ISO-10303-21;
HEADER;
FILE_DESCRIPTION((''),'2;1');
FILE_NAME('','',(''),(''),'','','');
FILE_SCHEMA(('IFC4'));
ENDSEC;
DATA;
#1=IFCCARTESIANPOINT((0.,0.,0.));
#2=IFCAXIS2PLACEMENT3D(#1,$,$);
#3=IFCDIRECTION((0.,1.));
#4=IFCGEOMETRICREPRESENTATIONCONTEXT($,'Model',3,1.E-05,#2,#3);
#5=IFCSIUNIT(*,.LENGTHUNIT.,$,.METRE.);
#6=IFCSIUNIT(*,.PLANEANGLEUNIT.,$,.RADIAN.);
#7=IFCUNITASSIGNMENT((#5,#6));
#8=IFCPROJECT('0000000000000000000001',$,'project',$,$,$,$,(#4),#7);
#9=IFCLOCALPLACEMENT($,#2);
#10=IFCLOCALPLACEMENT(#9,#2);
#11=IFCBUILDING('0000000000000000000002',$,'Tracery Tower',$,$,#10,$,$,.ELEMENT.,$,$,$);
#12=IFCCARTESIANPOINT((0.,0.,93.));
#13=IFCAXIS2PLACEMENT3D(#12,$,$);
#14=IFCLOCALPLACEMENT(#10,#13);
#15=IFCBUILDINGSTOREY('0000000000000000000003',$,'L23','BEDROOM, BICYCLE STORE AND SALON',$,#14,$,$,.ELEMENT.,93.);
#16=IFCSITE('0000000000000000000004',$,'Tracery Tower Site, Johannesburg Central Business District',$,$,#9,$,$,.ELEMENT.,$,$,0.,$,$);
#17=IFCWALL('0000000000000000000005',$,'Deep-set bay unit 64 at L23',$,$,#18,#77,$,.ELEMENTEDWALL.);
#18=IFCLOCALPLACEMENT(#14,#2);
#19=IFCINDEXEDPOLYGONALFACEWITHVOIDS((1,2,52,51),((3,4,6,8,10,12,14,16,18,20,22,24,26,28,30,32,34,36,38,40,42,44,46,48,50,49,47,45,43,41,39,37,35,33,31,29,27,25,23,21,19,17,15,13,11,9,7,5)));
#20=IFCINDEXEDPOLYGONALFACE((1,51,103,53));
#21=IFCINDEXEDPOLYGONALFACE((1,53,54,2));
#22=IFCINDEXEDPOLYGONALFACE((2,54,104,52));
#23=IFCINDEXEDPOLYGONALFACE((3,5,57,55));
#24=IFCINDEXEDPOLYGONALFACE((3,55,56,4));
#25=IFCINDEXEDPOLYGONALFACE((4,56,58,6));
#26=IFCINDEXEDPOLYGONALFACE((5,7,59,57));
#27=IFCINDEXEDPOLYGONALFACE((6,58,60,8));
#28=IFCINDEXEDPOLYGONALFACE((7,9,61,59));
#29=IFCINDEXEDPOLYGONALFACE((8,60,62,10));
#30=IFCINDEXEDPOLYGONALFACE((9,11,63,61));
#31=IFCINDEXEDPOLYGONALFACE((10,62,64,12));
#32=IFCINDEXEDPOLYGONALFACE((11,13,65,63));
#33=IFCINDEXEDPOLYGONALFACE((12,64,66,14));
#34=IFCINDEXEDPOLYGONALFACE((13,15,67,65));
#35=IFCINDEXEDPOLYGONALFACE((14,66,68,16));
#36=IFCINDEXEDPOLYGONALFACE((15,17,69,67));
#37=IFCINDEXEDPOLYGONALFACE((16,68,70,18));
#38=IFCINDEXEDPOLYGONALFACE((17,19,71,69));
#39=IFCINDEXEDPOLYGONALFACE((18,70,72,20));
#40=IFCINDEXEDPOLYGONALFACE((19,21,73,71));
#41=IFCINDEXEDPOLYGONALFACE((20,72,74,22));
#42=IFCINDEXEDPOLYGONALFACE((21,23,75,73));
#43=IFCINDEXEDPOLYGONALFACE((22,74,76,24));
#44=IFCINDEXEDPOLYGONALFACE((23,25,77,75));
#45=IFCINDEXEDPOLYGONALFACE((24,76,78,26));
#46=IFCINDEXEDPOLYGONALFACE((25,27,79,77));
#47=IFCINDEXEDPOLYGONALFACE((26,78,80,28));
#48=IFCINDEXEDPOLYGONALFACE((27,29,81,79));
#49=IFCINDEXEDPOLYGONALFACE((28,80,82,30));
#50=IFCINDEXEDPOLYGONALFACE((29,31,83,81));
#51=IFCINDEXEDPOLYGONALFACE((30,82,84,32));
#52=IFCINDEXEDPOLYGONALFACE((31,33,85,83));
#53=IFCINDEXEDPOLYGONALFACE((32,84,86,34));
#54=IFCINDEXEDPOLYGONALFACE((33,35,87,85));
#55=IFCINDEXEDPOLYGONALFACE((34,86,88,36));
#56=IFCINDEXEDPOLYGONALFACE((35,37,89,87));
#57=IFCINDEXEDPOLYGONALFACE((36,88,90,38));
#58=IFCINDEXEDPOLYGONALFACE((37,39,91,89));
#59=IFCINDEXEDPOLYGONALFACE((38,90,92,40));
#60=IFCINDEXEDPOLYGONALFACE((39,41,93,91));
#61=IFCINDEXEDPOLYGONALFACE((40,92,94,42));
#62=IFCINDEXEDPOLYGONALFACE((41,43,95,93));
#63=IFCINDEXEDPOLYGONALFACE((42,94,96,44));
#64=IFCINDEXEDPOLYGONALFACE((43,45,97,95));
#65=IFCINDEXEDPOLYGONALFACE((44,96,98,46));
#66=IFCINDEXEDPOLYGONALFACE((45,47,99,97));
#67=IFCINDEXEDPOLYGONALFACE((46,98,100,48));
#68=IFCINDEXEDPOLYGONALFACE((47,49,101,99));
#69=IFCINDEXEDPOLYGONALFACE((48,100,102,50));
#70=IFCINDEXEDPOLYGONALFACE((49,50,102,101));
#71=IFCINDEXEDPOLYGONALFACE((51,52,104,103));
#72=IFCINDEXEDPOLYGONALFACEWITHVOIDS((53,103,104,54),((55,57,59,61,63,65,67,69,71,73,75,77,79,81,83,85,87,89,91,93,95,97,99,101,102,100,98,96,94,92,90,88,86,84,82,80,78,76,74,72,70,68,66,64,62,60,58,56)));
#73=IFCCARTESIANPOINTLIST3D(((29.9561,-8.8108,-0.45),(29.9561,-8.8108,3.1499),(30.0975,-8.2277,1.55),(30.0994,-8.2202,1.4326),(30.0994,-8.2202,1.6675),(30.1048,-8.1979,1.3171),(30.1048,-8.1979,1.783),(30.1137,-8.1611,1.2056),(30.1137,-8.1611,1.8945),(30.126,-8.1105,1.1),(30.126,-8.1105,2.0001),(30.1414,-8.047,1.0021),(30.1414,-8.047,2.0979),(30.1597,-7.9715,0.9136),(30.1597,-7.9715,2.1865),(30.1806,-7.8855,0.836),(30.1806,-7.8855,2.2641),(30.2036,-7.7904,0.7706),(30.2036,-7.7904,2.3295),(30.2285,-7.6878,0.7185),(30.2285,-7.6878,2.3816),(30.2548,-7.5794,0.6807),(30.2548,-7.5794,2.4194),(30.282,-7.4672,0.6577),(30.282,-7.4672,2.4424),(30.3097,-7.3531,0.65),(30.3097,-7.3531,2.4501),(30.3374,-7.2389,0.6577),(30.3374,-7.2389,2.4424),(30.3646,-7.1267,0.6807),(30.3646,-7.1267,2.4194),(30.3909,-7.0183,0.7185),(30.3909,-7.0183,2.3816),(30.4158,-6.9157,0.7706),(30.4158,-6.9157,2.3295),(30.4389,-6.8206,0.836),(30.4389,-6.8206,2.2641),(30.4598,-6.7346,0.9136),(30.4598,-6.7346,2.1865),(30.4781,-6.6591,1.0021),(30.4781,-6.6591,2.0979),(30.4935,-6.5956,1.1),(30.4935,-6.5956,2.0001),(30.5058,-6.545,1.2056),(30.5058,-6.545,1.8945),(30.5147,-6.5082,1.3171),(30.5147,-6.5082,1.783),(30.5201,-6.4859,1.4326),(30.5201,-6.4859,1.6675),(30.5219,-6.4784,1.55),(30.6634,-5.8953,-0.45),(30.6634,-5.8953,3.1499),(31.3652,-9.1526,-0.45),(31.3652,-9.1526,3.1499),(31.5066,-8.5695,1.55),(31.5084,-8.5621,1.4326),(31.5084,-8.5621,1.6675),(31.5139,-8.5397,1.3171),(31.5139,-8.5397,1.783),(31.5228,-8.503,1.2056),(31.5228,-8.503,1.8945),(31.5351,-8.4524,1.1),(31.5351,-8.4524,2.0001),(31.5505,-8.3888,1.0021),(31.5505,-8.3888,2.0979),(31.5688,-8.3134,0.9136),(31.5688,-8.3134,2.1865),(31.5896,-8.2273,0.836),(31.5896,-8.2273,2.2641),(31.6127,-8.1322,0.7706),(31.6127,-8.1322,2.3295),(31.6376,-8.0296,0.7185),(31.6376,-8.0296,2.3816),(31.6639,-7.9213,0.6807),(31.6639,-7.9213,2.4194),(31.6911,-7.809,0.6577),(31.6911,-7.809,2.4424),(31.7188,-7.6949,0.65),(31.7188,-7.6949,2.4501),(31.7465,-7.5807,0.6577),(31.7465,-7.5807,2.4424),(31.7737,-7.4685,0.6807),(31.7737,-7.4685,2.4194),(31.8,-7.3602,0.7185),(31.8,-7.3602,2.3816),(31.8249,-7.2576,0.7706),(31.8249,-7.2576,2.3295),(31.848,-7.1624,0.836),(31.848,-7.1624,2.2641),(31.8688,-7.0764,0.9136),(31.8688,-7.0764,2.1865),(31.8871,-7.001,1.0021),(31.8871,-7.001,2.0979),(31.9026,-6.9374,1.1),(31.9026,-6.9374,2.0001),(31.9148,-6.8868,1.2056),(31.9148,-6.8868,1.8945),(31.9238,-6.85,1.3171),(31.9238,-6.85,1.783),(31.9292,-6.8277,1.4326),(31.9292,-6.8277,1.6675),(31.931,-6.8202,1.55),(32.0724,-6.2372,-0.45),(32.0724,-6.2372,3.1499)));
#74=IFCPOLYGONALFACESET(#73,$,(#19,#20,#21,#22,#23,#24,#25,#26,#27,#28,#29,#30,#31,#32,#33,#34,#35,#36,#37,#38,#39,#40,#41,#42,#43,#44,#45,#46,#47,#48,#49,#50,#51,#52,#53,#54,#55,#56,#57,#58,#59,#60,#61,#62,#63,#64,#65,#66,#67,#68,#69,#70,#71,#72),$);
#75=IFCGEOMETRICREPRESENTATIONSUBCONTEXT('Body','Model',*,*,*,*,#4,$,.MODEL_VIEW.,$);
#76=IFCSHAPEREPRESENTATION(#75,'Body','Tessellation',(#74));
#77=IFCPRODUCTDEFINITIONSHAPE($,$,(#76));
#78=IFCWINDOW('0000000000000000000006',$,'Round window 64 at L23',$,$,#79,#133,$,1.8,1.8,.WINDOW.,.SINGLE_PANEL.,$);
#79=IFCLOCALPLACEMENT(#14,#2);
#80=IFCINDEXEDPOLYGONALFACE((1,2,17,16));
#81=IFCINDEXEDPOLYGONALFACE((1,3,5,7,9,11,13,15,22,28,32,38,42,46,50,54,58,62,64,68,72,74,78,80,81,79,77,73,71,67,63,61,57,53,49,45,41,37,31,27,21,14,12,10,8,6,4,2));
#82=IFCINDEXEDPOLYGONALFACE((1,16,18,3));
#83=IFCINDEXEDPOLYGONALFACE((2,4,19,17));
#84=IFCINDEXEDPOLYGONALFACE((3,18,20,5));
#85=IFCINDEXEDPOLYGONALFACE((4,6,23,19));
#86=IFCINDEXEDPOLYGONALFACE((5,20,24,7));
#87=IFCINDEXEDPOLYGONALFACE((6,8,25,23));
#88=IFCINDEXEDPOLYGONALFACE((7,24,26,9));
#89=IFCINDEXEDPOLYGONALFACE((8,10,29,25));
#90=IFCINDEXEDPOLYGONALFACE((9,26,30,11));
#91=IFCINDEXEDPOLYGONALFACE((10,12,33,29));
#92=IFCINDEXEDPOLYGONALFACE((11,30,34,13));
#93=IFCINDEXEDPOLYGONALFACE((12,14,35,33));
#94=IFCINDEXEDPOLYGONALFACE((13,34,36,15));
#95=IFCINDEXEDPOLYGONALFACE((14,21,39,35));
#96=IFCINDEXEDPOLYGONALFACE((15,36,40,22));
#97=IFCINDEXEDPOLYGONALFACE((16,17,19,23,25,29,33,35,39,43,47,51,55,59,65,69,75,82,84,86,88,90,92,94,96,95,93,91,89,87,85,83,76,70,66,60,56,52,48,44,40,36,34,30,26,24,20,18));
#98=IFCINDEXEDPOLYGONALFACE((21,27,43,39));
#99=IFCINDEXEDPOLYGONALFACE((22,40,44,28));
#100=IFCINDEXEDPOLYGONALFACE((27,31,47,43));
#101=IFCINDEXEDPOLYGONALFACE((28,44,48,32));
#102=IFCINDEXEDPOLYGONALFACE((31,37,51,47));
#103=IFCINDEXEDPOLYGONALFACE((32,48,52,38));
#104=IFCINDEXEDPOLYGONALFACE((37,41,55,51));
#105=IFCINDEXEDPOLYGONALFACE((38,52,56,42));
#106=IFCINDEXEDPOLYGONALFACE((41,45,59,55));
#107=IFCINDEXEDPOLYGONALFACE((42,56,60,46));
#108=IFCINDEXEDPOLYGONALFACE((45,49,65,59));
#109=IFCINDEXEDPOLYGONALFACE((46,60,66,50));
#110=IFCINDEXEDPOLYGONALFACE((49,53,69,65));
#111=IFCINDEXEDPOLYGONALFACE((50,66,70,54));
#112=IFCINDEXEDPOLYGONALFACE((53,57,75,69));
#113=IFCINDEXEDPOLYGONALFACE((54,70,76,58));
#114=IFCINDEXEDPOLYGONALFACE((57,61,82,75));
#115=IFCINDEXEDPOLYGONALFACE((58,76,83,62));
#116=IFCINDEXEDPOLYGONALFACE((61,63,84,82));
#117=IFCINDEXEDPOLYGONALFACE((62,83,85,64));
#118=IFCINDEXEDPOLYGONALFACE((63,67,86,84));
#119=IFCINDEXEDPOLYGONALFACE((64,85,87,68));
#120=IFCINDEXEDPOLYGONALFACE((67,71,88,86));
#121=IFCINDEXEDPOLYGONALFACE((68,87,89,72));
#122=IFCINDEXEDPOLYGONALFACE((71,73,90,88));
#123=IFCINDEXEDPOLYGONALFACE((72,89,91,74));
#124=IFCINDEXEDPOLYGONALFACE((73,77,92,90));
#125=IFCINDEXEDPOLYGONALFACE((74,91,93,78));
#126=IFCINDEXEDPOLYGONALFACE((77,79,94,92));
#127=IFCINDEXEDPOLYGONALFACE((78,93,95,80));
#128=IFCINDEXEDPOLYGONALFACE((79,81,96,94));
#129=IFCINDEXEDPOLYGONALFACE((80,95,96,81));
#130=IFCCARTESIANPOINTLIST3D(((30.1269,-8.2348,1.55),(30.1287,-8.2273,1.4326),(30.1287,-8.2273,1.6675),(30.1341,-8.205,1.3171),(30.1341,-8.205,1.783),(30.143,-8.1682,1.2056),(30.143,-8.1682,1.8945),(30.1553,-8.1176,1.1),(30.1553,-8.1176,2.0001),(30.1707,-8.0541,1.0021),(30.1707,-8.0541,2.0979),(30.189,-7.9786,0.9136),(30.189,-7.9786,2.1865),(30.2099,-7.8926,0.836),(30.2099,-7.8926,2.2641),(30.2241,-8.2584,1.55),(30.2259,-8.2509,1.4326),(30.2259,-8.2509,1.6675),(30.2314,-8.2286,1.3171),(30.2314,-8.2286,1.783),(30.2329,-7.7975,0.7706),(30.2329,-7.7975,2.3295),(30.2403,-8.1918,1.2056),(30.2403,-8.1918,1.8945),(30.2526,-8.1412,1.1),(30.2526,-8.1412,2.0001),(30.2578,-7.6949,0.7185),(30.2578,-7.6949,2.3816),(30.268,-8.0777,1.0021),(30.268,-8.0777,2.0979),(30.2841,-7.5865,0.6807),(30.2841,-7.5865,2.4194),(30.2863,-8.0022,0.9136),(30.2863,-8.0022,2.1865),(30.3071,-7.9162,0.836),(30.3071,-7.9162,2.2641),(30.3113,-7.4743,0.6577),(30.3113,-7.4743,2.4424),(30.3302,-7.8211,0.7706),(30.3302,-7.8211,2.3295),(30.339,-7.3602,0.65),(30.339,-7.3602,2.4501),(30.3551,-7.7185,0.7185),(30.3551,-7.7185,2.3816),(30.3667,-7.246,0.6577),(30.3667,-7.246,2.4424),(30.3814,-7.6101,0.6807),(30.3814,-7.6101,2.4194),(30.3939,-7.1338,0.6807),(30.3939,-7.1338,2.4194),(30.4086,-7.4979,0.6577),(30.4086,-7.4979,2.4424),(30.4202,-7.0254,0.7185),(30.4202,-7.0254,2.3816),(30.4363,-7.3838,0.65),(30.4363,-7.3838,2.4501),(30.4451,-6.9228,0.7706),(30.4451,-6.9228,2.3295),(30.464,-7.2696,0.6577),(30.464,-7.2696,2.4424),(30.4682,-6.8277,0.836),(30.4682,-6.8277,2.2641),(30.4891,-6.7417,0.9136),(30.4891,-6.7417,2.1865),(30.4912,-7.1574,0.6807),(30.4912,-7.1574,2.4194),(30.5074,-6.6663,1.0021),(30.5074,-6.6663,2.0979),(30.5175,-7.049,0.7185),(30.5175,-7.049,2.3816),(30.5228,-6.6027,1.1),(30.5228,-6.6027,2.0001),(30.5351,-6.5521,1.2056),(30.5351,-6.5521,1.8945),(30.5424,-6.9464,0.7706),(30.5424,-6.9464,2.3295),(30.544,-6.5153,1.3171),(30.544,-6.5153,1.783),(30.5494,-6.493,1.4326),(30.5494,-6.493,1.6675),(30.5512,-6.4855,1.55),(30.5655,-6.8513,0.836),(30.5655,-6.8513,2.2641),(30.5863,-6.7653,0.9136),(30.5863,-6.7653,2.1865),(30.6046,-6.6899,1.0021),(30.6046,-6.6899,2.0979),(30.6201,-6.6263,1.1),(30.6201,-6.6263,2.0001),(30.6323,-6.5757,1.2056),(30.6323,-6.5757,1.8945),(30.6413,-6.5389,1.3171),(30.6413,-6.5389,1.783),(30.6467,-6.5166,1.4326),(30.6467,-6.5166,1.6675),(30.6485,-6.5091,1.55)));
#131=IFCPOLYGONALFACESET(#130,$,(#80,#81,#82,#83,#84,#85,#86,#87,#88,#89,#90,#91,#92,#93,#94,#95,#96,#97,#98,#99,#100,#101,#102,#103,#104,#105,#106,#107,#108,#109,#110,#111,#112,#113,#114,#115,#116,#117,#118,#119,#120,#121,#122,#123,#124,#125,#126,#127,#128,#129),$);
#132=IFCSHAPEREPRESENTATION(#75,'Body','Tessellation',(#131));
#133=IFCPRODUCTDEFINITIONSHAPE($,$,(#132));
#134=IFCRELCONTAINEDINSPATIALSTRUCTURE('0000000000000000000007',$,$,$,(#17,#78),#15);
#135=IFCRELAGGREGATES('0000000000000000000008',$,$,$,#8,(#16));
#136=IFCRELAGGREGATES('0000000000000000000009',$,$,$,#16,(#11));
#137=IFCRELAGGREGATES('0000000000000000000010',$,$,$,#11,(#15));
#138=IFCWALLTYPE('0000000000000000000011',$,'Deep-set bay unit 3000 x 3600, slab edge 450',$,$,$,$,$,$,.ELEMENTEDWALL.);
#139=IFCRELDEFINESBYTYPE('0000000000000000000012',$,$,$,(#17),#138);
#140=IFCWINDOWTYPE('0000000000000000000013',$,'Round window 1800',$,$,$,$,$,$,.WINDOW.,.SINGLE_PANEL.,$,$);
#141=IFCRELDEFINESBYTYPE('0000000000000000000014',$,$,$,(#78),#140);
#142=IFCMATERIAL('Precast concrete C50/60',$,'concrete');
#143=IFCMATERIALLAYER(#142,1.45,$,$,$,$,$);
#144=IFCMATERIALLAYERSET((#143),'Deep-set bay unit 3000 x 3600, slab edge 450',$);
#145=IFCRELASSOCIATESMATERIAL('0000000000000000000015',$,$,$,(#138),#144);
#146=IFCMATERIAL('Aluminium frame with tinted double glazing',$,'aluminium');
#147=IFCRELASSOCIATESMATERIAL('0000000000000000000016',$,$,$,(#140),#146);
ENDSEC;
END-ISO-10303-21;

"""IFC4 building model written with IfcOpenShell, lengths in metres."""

from ifc_helpers import new_model, si_unit, direction, frame, frame_2d, origin, origin_2d, place, context, subcontext, project, spatial, rectangle, circle, extrude, material, layer, layer_set, type_object, element, fill, save


model = new_model("IFC4")

# Units and contexts
model_context = context("Model", 3, precision=1e-05, world=origin(), true_north=direction((0.0, 1.0)))
body_context = subcontext(model_context, "Body", "Model", "MODEL_VIEW")
ifc_project = project(units=[si_unit("LENGTHUNIT", "METRE"), si_unit("PLANEANGLEUNIT", "RADIAN")], contexts=[model_context])

# Site, building, storey
site_placement = place(None, origin())
site = spatial("IfcSite", under=ifc_project, at=site_placement, Name="Tracery Tower Site, Johannesburg Central Business District", CompositionType="ELEMENT", RefElevation=0.0)
building_placement = place(site_placement, origin())
building = spatial("IfcBuilding", under=site, at=building_placement, Name="Tracery Tower", CompositionType="ELEMENT")
storey_placement = place(building_placement, frame((0.0, 0.0, 93.0)))
storey = spatial("IfcBuildingStorey", under=building, at=storey_placement, Name="L23", Description="BEDROOM, BICYCLE STORE AND SALON", CompositionType="ELEMENT", Elevation=93.0)

# Wall, opening, window
ifc_material_1 = material(Name="Precast concrete C50/60", Category="concrete")
ifc_layer_1 = layer(ifc_material_1, 1.45)
ifc_layer_set_1 = layer_set([ifc_layer_1], Name="Deep-set bay unit 3000 x 3600, slab edge 450")
wall_type_1 = type_object("IfcWallType", Name="Deep-set bay unit 3000 x 3600, slab edge 450", PredefinedType="ELEMENTEDWALL", material=ifc_layer_set_1)
wall_1_placement = place(storey_placement, frame((30.6606, -8.9817, -0.45), z_axis=(0.0, 0.0, 1.0), x_axis=(0.235751, 0.971813, 0.0)))
wall_1 = element("IfcWall", 1, at=wall_1_placement, inside=storey, type_object=wall_type_1, Name="Deep-set bay unit 64 at L23", PredefinedType="ELEMENTEDWALL", context=body_context, shape_type="SweptSolid", body=[
    extrude(rectangle(XDim=3.0, YDim=1.45, at=frame_2d((1.5, 0.0))), origin(), (0.0, 0.0, 1.0), 3.5999),
])
opening_1_placement = place(wall_1_placement, frame((1.5, 0.0, 2.0)))
opening_1 = element("IfcOpeningElement", 2, at=opening_1_placement, cuts=wall_1, PredefinedType="OPENING", context=body_context, shape_type="SweptSolid", body=[
    extrude(circle(Radius=0.9, at=origin_2d()), frame((0.0, 0.7349, 0.0), z_axis=(0.0, -1.0, 0.0), x_axis=(1.0, 0.0, 0.0)), (0.0, 0.0, 1.0), 1.47),
])
ifc_material_2 = material(Name="Aluminium frame with tinted double glazing", Category="aluminium")
window_type = type_object("IfcWindowType", Name="Round window 1800", PartitioningType="SINGLE_PANEL", PredefinedType="WINDOW", material=ifc_material_2)
window_1_placement = place(opening_1_placement, origin())
window_1 = element("IfcWindow", 3, at=window_1_placement, inside=storey, type_object=window_type, Name="Round window 64 at L23", OverallHeight=1.8, OverallWidth=1.8, PartitioningType="SINGLE_PANEL", PredefinedType="WINDOW", context=body_context, shape_type="SweptSolid", body=[
    extrude(circle(Radius=0.9, at=origin_2d()), frame((0.0, 0.6948, 0.0), z_axis=(0.0, -1.0, 0.0), x_axis=(1.0, 0.0, 0.0)), (0.0, 0.0, 1.0), 0.1001),
])
fill(opening_1, window_1)

save(model, "model.ifc")
